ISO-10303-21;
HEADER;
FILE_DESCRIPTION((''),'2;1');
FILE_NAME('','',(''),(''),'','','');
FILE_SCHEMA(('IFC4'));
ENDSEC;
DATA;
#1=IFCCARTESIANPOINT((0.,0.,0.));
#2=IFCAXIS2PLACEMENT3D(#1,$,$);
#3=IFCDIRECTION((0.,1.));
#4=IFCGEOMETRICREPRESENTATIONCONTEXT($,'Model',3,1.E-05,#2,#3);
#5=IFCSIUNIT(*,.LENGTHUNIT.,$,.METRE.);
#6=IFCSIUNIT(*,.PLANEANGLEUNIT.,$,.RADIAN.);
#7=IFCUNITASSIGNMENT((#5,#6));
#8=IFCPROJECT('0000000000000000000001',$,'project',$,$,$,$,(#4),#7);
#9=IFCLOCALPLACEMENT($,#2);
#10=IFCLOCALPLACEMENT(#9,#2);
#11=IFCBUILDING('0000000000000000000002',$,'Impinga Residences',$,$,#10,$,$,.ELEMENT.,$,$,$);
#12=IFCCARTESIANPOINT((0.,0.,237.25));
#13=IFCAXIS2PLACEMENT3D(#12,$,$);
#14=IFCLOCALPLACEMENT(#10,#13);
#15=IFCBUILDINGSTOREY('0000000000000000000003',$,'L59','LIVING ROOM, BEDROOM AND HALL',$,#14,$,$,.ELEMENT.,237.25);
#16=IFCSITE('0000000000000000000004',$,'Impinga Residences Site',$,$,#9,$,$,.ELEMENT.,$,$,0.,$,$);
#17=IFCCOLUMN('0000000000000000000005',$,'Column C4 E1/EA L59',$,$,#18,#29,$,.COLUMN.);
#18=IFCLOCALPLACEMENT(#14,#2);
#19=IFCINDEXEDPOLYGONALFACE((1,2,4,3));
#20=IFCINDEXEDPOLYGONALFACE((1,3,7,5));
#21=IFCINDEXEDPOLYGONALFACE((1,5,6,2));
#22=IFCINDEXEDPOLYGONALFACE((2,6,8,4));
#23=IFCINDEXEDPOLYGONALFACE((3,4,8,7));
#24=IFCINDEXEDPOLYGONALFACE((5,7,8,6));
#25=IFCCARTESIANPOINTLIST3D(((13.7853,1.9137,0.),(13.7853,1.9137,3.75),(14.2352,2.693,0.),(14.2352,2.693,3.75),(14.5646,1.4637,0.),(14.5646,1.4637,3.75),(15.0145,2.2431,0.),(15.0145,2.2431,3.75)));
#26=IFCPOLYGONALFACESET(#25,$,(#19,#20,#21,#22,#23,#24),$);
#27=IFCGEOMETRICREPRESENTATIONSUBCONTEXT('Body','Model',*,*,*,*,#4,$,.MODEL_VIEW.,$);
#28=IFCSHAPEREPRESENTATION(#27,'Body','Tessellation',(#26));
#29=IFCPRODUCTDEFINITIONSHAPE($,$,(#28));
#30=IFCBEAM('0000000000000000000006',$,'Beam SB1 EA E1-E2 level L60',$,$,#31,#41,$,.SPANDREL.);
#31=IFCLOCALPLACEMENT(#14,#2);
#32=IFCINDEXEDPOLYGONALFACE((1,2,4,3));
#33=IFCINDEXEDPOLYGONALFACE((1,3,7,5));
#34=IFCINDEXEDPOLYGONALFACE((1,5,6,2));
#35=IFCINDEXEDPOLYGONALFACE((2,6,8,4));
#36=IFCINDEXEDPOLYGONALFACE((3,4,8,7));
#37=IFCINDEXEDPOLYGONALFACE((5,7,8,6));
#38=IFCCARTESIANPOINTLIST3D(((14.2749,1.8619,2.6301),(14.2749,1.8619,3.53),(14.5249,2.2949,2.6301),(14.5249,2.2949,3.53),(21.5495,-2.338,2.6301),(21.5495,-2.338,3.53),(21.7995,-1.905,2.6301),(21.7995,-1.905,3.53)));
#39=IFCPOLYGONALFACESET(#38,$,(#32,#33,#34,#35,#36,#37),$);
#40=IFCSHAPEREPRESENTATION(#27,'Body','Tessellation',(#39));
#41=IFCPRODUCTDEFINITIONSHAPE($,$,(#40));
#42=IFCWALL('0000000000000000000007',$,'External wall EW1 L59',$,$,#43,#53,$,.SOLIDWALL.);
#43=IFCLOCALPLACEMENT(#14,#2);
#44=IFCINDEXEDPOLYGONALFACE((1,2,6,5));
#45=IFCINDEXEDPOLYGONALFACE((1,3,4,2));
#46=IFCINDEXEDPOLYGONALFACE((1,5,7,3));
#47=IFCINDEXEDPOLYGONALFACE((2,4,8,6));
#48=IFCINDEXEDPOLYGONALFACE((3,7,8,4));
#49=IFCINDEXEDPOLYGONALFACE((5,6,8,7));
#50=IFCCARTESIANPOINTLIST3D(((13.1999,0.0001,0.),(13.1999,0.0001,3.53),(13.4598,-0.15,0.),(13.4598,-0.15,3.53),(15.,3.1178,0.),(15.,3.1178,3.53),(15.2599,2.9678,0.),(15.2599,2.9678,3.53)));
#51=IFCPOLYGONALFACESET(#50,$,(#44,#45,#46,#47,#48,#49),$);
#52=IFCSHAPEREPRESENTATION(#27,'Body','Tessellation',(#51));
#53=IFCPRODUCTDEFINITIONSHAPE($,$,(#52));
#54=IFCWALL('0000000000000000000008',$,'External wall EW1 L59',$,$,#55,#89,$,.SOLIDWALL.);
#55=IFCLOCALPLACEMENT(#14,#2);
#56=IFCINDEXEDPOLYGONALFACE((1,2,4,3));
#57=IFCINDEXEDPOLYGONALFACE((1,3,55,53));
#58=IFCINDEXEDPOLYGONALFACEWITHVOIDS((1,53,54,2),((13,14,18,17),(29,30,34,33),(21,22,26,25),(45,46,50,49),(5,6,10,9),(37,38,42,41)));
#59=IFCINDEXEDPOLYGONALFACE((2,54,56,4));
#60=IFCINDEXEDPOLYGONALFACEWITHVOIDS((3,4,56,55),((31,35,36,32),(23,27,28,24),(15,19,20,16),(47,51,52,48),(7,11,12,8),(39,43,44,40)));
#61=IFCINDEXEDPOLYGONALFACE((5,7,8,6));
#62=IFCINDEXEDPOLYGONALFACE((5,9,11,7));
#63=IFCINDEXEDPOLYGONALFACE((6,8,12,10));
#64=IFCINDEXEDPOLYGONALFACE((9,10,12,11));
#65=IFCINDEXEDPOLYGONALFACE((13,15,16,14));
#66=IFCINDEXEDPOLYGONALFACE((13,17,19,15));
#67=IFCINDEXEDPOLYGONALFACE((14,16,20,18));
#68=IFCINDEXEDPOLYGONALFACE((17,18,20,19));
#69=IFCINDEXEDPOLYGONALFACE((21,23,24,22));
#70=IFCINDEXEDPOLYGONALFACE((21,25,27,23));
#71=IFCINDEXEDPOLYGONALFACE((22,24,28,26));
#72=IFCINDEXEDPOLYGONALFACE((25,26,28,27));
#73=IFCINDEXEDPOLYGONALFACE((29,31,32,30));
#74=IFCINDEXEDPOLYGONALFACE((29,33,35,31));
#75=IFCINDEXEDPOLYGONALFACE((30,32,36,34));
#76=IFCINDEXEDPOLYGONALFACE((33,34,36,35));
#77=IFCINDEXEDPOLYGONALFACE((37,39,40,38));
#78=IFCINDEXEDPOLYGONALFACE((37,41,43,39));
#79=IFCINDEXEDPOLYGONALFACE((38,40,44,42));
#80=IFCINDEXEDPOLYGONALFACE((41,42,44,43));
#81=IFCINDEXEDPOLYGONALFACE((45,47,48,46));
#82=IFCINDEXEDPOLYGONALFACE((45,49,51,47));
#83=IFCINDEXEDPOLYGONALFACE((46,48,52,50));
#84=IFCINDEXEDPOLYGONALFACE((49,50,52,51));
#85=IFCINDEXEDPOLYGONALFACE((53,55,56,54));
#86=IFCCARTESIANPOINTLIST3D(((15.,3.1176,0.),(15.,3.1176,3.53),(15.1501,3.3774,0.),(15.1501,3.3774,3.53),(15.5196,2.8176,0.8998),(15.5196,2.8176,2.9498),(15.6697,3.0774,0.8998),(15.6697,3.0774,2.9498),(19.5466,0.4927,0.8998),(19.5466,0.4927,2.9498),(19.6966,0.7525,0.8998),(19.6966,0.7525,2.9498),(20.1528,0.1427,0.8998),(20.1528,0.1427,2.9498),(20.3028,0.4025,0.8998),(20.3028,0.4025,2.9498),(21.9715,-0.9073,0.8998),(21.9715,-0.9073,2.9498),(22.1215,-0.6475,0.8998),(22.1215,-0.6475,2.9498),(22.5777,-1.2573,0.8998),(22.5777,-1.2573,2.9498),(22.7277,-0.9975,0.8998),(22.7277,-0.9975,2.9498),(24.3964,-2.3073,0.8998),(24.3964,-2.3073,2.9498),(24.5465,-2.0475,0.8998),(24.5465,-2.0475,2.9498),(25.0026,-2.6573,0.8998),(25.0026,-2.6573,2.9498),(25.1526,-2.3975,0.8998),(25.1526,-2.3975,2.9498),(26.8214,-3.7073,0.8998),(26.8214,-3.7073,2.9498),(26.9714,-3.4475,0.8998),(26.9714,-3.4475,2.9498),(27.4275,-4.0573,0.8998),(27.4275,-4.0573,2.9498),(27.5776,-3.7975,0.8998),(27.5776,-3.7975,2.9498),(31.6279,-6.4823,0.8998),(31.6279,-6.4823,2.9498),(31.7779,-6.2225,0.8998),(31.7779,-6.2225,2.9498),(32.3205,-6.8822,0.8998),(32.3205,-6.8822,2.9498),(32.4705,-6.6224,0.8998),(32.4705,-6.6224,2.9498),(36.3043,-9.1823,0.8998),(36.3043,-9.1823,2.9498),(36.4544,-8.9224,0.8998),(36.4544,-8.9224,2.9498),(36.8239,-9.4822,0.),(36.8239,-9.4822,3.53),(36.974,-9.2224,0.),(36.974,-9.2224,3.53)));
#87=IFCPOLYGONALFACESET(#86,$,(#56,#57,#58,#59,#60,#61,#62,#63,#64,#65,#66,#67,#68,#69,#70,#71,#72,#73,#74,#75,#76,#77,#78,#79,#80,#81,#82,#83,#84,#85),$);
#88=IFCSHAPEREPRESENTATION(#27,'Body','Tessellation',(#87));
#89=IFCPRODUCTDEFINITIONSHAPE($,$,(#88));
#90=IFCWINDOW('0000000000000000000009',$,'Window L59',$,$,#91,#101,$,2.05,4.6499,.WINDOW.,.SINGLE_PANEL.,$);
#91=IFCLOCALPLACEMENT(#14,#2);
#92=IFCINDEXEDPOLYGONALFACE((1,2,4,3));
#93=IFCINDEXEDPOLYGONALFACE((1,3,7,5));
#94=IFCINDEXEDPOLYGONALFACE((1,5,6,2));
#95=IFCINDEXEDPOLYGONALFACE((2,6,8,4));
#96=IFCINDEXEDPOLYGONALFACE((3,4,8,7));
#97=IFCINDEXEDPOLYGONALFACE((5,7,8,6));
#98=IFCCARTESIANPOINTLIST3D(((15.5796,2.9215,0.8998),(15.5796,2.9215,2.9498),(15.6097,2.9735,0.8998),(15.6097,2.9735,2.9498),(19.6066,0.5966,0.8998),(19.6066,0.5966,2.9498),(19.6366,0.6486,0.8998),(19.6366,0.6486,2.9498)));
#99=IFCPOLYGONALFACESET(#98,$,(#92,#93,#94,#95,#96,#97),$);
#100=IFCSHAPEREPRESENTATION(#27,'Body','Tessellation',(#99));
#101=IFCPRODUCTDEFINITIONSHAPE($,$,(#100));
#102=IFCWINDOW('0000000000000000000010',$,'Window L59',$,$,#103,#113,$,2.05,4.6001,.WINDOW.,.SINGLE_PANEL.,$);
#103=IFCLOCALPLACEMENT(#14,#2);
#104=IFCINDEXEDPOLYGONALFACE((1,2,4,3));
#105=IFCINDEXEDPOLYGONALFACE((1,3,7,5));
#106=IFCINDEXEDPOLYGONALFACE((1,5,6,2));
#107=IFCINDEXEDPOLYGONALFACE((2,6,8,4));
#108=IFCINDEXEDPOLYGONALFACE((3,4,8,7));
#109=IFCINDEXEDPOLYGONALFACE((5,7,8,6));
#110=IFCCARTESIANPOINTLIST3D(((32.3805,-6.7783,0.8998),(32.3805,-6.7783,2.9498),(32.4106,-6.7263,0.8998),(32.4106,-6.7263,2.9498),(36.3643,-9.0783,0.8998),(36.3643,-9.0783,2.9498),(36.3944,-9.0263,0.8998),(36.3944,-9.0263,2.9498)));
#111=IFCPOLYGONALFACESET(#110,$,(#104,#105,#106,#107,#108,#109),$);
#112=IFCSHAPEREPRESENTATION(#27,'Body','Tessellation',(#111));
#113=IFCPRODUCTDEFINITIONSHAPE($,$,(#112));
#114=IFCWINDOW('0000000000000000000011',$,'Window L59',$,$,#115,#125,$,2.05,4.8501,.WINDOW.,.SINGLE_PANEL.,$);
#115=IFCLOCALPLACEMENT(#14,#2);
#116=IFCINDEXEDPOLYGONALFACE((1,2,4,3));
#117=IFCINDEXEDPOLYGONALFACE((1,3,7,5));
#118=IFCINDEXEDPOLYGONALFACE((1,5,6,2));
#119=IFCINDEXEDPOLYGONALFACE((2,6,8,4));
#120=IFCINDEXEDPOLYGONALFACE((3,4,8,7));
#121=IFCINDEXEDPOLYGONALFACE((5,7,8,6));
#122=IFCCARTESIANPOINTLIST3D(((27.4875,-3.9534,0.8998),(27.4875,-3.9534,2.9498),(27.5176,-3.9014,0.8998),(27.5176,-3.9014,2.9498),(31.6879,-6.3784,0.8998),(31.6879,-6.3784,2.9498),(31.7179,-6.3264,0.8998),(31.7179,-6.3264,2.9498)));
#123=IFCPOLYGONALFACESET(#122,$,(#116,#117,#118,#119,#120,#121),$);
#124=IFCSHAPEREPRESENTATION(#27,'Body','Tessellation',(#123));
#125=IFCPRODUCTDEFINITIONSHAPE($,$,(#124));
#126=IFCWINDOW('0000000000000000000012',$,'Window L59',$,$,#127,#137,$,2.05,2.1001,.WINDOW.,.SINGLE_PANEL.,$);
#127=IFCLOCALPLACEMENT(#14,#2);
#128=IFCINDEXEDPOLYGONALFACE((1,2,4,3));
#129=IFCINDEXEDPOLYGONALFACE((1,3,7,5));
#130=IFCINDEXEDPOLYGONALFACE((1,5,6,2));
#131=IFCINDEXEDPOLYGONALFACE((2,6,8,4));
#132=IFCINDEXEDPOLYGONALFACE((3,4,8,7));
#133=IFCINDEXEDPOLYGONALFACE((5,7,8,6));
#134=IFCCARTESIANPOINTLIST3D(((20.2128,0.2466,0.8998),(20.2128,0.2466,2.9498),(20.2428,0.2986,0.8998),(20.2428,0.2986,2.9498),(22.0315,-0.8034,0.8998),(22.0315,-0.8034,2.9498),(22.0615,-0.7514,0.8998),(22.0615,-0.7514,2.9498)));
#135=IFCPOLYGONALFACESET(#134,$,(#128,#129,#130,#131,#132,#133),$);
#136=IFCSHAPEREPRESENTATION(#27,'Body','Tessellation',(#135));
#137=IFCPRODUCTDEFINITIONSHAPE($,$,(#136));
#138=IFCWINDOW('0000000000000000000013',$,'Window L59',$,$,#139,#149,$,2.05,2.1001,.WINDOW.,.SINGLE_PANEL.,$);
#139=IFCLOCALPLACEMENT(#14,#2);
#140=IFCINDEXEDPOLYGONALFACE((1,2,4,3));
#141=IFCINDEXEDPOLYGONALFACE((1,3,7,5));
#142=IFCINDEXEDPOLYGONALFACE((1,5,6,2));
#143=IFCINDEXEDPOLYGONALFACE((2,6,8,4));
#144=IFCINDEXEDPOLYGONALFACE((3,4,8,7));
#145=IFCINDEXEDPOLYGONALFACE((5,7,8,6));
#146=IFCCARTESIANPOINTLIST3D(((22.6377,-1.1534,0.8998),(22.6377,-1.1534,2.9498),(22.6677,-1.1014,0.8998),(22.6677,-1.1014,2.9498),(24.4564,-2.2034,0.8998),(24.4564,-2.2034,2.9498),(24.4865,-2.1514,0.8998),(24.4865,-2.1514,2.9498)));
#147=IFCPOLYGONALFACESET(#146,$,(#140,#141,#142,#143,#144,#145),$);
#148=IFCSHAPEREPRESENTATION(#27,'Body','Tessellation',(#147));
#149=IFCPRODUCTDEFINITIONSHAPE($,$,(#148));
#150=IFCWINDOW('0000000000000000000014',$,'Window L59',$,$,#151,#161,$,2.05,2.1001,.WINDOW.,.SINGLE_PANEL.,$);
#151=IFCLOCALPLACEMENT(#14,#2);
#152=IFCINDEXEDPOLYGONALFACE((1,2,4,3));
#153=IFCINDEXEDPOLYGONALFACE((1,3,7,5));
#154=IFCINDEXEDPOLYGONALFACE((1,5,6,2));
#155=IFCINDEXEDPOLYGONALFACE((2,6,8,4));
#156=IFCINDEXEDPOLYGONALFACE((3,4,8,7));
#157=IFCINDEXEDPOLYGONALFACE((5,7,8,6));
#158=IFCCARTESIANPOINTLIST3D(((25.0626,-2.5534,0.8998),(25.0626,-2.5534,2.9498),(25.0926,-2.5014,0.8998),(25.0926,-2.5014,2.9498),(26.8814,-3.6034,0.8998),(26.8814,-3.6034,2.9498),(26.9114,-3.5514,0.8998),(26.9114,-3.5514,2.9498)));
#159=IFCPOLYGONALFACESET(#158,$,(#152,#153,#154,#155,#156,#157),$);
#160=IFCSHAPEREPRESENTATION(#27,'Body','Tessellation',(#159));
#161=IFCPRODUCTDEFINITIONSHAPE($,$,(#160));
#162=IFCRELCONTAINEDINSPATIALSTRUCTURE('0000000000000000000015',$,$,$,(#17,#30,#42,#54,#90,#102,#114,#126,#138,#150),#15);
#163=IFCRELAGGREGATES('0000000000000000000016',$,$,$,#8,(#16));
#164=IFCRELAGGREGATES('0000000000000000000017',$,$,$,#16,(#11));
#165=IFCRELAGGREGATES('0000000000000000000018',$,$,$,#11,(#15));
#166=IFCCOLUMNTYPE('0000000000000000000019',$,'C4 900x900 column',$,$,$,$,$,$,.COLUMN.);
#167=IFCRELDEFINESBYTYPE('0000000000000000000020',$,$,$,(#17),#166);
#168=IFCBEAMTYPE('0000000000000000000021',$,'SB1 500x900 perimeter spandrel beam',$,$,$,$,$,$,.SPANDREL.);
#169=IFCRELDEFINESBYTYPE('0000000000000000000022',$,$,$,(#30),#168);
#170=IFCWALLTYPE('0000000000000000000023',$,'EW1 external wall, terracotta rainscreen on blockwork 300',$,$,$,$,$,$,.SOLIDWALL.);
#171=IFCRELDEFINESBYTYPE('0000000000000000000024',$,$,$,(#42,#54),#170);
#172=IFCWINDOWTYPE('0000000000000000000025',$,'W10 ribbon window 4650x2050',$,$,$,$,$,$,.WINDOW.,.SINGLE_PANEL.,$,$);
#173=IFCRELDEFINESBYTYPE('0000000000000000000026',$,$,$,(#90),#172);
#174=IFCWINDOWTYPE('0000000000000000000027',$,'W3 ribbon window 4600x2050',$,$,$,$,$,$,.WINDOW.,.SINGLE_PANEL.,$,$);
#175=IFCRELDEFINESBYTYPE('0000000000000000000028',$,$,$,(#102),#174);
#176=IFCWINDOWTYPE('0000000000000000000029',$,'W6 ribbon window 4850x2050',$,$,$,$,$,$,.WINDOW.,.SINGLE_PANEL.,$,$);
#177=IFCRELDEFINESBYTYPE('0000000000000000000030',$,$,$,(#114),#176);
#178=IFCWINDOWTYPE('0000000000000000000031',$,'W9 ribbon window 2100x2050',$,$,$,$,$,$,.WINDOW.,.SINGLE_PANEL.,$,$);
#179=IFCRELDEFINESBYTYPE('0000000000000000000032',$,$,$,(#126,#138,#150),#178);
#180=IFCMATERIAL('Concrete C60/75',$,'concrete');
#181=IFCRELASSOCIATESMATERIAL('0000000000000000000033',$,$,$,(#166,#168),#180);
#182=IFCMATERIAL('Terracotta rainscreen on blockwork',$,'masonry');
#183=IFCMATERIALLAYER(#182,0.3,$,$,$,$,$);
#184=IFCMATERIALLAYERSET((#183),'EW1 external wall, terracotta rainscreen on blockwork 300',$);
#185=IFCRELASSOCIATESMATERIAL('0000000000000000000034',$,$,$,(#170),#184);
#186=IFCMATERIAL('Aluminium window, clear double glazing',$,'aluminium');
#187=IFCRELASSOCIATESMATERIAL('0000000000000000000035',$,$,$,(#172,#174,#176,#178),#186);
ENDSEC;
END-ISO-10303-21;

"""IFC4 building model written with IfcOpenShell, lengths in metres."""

from ifc_helpers import new_model, si_unit, direction, frame, frame_2d, origin, origin_2d, place, context, subcontext, project, spatial, rectangle, extrude, material, layer, layer_set, material_profile, profile_set, type_object, element, fill, save


model = new_model("IFC4")

# Units and contexts
model_context = context("Model", 3, precision=1e-05, world=origin(), true_north=direction((0.0, 1.0)))
body_context = subcontext(model_context, "Body", "Model", "MODEL_VIEW")
ifc_project = project(units=[si_unit("LENGTHUNIT", "METRE"), si_unit("PLANEANGLEUNIT", "RADIAN")], contexts=[model_context])

# Site, building, storey
site_placement = place(None, origin())
site = spatial("IfcSite", under=ifc_project, at=site_placement, Name="Impinga Residences Site", CompositionType="ELEMENT", RefElevation=0.0)
building_placement = place(site_placement, origin())
building = spatial("IfcBuilding", under=site, at=building_placement, Name="Impinga Residences", CompositionType="ELEMENT")
storey_placement = place(building_placement, frame((0.0, 0.0, 237.25)))
storey = spatial("IfcBuildingStorey", under=building, at=storey_placement, Name="L59", Description="LIVING ROOM, BEDROOM AND HALL", CompositionType="ELEMENT", Elevation=237.25)

# Column
ifc_material_1 = material(Name="Concrete C60/75", Category="concrete")
ifc_material_profile_1 = material_profile(ifc_material_1, rectangle(XDim=0.8999, YDim=0.8999, at=origin_2d()), Name="RC 900x900")
ifc_profile_set_1 = profile_set([ifc_material_profile_1], Name="Concrete C60/75")
column_type = type_object("IfcColumnType", Name="C4 900x900 column", PredefinedType="COLUMN", material=ifc_profile_set_1)
column_placement = place(storey_placement, frame((14.3999, 2.0784, 0.0), z_axis=(0.0, 0.0, 1.0), x_axis=(-0.5, -0.866025, 0.0)))
element("IfcColumn", 1, at=column_placement, inside=storey, type_object=column_type, Name="Column C4 E1/EA L59", PredefinedType="COLUMN", context=body_context, shape_type="SweptSolid", body=[
    extrude(rectangle(XDim=0.8999, YDim=0.8999, at=origin_2d()), origin(), (0.0, 0.0, 1.0), 3.75),
])

# Beam
ifc_material_profile_2 = material_profile(ifc_material_1, rectangle(XDim=0.5, YDim=0.8999, at=origin_2d()), Name="RC 500x900")
ifc_profile_set_2 = profile_set([ifc_material_profile_2], Name="Concrete C60/75")
beam_type = type_object("IfcBeamType", Name="SB1 500x900 perimeter spandrel beam", PredefinedType="SPANDREL", material=ifc_profile_set_2)
beam_placement = place(storey_placement, frame((14.3999, 2.0784, 3.0801), z_axis=(0.866029, -0.499993, 0.0), x_axis=(0.499993, 0.866029, 0.0)))
element("IfcBeam", 2, at=beam_placement, inside=storey, type_object=beam_type, Name="Beam SB1 EA E1-E2 level L60", PredefinedType="SPANDREL", context=body_context, shape_type="SweptSolid", body=[
    extrude(rectangle(XDim=0.5, YDim=0.8999, at=origin_2d()), origin(), (0.0, 0.0, 1.0), 8.3999),
])

# Wall
ifc_material_2 = material(Name="Terracotta rainscreen on blockwork", Category="masonry")
ifc_layer_1 = layer(ifc_material_2, 0.3)
ifc_layer_set_1 = layer_set([ifc_layer_1], Name="EW1 external wall, terracotta rainscreen on blockwork 300")
wall_type_1 = type_object("IfcWallType", Name="EW1 external wall, terracotta rainscreen on blockwork 300", PredefinedType="SOLIDWALL", material=ifc_layer_set_1)
wall_1_placement = place(storey_placement, frame((13.3298, -0.075, 0.0), z_axis=(0.0, 0.0, 1.0), x_axis=(0.500012, 0.866018, 0.0)))
element("IfcWall", 3, at=wall_1_placement, inside=storey, type_object=wall_type_1, Name="External wall EW1 L59", PredefinedType="SOLIDWALL", context=body_context, shape_type="SweptSolid", body=[
    extrude(rectangle(XDim=3.6001, YDim=0.3, at=frame_2d((1.8, 0.0))), origin(), (0.0, 0.0, 1.0), 3.53),
])

# Wall, openings, windows
wall_2_placement = place(storey_placement, frame((15.075, 3.2476, 0.0), z_axis=(0.0, 0.0, 1.0), x_axis=(0.866029, -0.499993, 0.0)))
wall_2 = element("IfcWall", 4, at=wall_2_placement, inside=storey, type_object=wall_type_1, Name="External wall EW1 L59", PredefinedType="SOLIDWALL", context=body_context, shape_type="SweptSolid", body=[
    extrude(rectangle(XDim=25.2, YDim=0.3, at=frame_2d((12.6001, 0.0))), origin(), (0.0, 0.0, 1.0), 3.53),
])
opening_1_placement = place(wall_2_placement, frame((0.6001, 0.0, 0.8999)))
opening_1 = element("IfcOpeningElement", 5, at=opening_1_placement, cuts=wall_2, PredefinedType="OPENING", context=body_context, shape_type="SweptSolid", body=[
    extrude(rectangle(XDim=4.6499, YDim=2.05, at=frame_2d((2.325, 1.0249))), frame((0.0, 0.1599, 0.0), z_axis=(0.0, -1.0, 0.0), x_axis=(1.0, 0.0, 0.0)), (0.0, 0.0, 1.0), 0.3201),
])
opening_2_placement = place(wall_2_placement, frame((5.95, 0.0, 0.8999)))
opening_2 = element("IfcOpeningElement", 6, at=opening_2_placement, cuts=wall_2, PredefinedType="OPENING", context=body_context, shape_type="SweptSolid", body=[
    extrude(rectangle(XDim=2.1001, YDim=2.05, at=frame_2d((1.05, 1.0249))), frame((0.0, 0.1599, 0.0), z_axis=(0.0, -1.0, 0.0), x_axis=(1.0, 0.0, 0.0)), (0.0, 0.0, 1.0), 0.3201),
])
opening_3_placement = place(wall_2_placement, frame((8.75, 0.0, 0.8999)))
opening_3 = element("IfcOpeningElement", 7, at=opening_3_placement, cuts=wall_2, PredefinedType="OPENING", context=body_context, shape_type="SweptSolid", body=[
    extrude(rectangle(XDim=2.1001, YDim=2.05, at=frame_2d((1.05, 1.0249))), frame((0.0, 0.1599, 0.0), z_axis=(0.0, -1.0, 0.0), x_axis=(1.0, 0.0, 0.0)), (0.0, 0.0, 1.0), 0.3201),
])
opening_4_placement = place(wall_2_placement, frame((11.55, 0.0, 0.8999)))
opening_4 = element("IfcOpeningElement", 8, at=opening_4_placement, cuts=wall_2, PredefinedType="OPENING", context=body_context, shape_type="SweptSolid", body=[
    extrude(rectangle(XDim=2.1001, YDim=2.05, at=frame_2d((1.05, 1.0249))), frame((0.0, 0.1599, 0.0), z_axis=(0.0, -1.0, 0.0), x_axis=(1.0, 0.0, 0.0)), (0.0, 0.0, 1.0), 0.3201),
])
opening_5_placement = place(wall_2_placement, frame((14.3501, 0.0, 0.8999)))
opening_5 = element("IfcOpeningElement", 9, at=opening_5_placement, cuts=wall_2, PredefinedType="OPENING", context=body_context, shape_type="SweptSolid", body=[
    extrude(rectangle(XDim=4.8501, YDim=2.05, at=frame_2d((2.425, 1.0249))), frame((0.0, 0.1599, 0.0), z_axis=(0.0, -1.0, 0.0), x_axis=(1.0, 0.0, 0.0)), (0.0, 0.0, 1.0), 0.3201),
])
opening_6_placement = place(wall_2_placement, frame((20.0, 0.0, 0.8999)))
opening_6 = element("IfcOpeningElement", 10, at=opening_6_placement, cuts=wall_2, PredefinedType="OPENING", context=body_context, shape_type="SweptSolid", body=[
    extrude(rectangle(XDim=4.6001, YDim=2.05, at=frame_2d((2.3, 1.0249))), frame((0.0, 0.1599, 0.0), z_axis=(0.0, -1.0, 0.0), x_axis=(1.0, 0.0, 0.0)), (0.0, 0.0, 1.0), 0.3201),
])
ifc_material_3 = material(Name="Aluminium window, clear double glazing", Category="aluminium")
window_type_1 = type_object("IfcWindowType", Name="W10 ribbon window 4650x2050", PartitioningType="SINGLE_PANEL", PredefinedType="WINDOW", material=ifc_material_3)
window_1_placement = place(opening_1_placement, origin())
window_1 = element("IfcWindow", 11, at=window_1_placement, inside=storey, type_object=window_type_1, Name="Window L59", OverallHeight=2.05, OverallWidth=4.6499, PartitioningType="SINGLE_PANEL", PredefinedType="WINDOW", context=body_context, shape_type="SweptSolid", body=[
    extrude(rectangle(XDim=4.6499, YDim=2.05, at=frame_2d((2.325, 1.0249))), frame((0.0, 0.03, 0.0), z_axis=(0.0, -1.0, 0.0), x_axis=(1.0, 0.0, 0.0)), (0.0, 0.0, 1.0), 0.0601),
])
fill(opening_1, window_1)
window_type_2 = type_object("IfcWindowType", Name="W3 ribbon window 4600x2050", PartitioningType="SINGLE_PANEL", PredefinedType="WINDOW", material=ifc_material_3)
window_2_placement = place(opening_6_placement, origin())
window_2 = element("IfcWindow", 12, at=window_2_placement, inside=storey, type_object=window_type_2, Name="Window L59", OverallHeight=2.05, OverallWidth=4.6001, PartitioningType="SINGLE_PANEL", PredefinedType="WINDOW", context=body_context, shape_type="SweptSolid", body=[
    extrude(rectangle(XDim=4.6001, YDim=2.05, at=frame_2d((2.3, 1.0249))), frame((0.0, 0.03, 0.0), z_axis=(0.0, -1.0, 0.0), x_axis=(1.0, 0.0, 0.0)), (0.0, 0.0, 1.0), 0.0601),
])
fill(opening_6, window_2)
window_type_3 = type_object("IfcWindowType", Name="W6 ribbon window 4850x2050", PartitioningType="SINGLE_PANEL", PredefinedType="WINDOW", material=ifc_material_3)
window_3_placement = place(opening_5_placement, origin())
window_3 = element("IfcWindow", 13, at=window_3_placement, inside=storey, type_object=window_type_3, Name="Window L59", OverallHeight=2.05, OverallWidth=4.8501, PartitioningType="SINGLE_PANEL", PredefinedType="WINDOW", context=body_context, shape_type="SweptSolid", body=[
    extrude(rectangle(XDim=4.8501, YDim=2.05, at=frame_2d((2.425, 1.0249))), frame((0.0, 0.03, 0.0), z_axis=(0.0, -1.0, 0.0), x_axis=(1.0, 0.0, 0.0)), (0.0, 0.0, 1.0), 0.0601),
])
fill(opening_5, window_3)
window_type_4 = type_object("IfcWindowType", Name="W9 ribbon window 2100x2050", PartitioningType="SINGLE_PANEL", PredefinedType="WINDOW", material=ifc_material_3)
window_4_placement = place(opening_2_placement, origin())
window_4 = element("IfcWindow", 14, at=window_4_placement, inside=storey, type_object=window_type_4, Name="Window L59", OverallHeight=2.05, OverallWidth=2.1001, PartitioningType="SINGLE_PANEL", PredefinedType="WINDOW", context=body_context, shape_type="SweptSolid", body=[
    extrude(rectangle(XDim=2.1001, YDim=2.05, at=frame_2d((1.05, 1.0249))), frame((0.0, 0.03, 0.0), z_axis=(0.0, -1.0, 0.0), x_axis=(1.0, 0.0, 0.0)), (0.0, 0.0, 1.0), 0.0601),
])
fill(opening_2, window_4)
window_5_placement = place(opening_3_placement, origin())
window_5 = element("IfcWindow", 15, at=window_5_placement, inside=storey, type_object=window_type_4, Name="Window L59", OverallHeight=2.05, OverallWidth=2.1001, PartitioningType="SINGLE_PANEL", PredefinedType="WINDOW", context=body_context, shape_type="SweptSolid", body=[
    extrude(rectangle(XDim=2.1001, YDim=2.05, at=frame_2d((1.05, 1.0249))), frame((0.0, 0.03, 0.0), z_axis=(0.0, -1.0, 0.0), x_axis=(1.0, 0.0, 0.0)), (0.0, 0.0, 1.0), 0.0601),
])
fill(opening_3, window_5)
window_6_placement = place(opening_4_placement, origin())
window_6 = element("IfcWindow", 16, at=window_6_placement, inside=storey, type_object=window_type_4, Name="Window L59", OverallHeight=2.05, OverallWidth=2.1001, PartitioningType="SINGLE_PANEL", PredefinedType="WINDOW", context=body_context, shape_type="SweptSolid", body=[
    extrude(rectangle(XDim=2.1001, YDim=2.05, at=frame_2d((1.05, 1.0249))), frame((0.0, 0.03, 0.0), z_axis=(0.0, -1.0, 0.0), x_axis=(1.0, 0.0, 0.0)), (0.0, 0.0, 1.0), 0.0601),
])
fill(opening_4, window_6)

save(model, "model.ifc")
